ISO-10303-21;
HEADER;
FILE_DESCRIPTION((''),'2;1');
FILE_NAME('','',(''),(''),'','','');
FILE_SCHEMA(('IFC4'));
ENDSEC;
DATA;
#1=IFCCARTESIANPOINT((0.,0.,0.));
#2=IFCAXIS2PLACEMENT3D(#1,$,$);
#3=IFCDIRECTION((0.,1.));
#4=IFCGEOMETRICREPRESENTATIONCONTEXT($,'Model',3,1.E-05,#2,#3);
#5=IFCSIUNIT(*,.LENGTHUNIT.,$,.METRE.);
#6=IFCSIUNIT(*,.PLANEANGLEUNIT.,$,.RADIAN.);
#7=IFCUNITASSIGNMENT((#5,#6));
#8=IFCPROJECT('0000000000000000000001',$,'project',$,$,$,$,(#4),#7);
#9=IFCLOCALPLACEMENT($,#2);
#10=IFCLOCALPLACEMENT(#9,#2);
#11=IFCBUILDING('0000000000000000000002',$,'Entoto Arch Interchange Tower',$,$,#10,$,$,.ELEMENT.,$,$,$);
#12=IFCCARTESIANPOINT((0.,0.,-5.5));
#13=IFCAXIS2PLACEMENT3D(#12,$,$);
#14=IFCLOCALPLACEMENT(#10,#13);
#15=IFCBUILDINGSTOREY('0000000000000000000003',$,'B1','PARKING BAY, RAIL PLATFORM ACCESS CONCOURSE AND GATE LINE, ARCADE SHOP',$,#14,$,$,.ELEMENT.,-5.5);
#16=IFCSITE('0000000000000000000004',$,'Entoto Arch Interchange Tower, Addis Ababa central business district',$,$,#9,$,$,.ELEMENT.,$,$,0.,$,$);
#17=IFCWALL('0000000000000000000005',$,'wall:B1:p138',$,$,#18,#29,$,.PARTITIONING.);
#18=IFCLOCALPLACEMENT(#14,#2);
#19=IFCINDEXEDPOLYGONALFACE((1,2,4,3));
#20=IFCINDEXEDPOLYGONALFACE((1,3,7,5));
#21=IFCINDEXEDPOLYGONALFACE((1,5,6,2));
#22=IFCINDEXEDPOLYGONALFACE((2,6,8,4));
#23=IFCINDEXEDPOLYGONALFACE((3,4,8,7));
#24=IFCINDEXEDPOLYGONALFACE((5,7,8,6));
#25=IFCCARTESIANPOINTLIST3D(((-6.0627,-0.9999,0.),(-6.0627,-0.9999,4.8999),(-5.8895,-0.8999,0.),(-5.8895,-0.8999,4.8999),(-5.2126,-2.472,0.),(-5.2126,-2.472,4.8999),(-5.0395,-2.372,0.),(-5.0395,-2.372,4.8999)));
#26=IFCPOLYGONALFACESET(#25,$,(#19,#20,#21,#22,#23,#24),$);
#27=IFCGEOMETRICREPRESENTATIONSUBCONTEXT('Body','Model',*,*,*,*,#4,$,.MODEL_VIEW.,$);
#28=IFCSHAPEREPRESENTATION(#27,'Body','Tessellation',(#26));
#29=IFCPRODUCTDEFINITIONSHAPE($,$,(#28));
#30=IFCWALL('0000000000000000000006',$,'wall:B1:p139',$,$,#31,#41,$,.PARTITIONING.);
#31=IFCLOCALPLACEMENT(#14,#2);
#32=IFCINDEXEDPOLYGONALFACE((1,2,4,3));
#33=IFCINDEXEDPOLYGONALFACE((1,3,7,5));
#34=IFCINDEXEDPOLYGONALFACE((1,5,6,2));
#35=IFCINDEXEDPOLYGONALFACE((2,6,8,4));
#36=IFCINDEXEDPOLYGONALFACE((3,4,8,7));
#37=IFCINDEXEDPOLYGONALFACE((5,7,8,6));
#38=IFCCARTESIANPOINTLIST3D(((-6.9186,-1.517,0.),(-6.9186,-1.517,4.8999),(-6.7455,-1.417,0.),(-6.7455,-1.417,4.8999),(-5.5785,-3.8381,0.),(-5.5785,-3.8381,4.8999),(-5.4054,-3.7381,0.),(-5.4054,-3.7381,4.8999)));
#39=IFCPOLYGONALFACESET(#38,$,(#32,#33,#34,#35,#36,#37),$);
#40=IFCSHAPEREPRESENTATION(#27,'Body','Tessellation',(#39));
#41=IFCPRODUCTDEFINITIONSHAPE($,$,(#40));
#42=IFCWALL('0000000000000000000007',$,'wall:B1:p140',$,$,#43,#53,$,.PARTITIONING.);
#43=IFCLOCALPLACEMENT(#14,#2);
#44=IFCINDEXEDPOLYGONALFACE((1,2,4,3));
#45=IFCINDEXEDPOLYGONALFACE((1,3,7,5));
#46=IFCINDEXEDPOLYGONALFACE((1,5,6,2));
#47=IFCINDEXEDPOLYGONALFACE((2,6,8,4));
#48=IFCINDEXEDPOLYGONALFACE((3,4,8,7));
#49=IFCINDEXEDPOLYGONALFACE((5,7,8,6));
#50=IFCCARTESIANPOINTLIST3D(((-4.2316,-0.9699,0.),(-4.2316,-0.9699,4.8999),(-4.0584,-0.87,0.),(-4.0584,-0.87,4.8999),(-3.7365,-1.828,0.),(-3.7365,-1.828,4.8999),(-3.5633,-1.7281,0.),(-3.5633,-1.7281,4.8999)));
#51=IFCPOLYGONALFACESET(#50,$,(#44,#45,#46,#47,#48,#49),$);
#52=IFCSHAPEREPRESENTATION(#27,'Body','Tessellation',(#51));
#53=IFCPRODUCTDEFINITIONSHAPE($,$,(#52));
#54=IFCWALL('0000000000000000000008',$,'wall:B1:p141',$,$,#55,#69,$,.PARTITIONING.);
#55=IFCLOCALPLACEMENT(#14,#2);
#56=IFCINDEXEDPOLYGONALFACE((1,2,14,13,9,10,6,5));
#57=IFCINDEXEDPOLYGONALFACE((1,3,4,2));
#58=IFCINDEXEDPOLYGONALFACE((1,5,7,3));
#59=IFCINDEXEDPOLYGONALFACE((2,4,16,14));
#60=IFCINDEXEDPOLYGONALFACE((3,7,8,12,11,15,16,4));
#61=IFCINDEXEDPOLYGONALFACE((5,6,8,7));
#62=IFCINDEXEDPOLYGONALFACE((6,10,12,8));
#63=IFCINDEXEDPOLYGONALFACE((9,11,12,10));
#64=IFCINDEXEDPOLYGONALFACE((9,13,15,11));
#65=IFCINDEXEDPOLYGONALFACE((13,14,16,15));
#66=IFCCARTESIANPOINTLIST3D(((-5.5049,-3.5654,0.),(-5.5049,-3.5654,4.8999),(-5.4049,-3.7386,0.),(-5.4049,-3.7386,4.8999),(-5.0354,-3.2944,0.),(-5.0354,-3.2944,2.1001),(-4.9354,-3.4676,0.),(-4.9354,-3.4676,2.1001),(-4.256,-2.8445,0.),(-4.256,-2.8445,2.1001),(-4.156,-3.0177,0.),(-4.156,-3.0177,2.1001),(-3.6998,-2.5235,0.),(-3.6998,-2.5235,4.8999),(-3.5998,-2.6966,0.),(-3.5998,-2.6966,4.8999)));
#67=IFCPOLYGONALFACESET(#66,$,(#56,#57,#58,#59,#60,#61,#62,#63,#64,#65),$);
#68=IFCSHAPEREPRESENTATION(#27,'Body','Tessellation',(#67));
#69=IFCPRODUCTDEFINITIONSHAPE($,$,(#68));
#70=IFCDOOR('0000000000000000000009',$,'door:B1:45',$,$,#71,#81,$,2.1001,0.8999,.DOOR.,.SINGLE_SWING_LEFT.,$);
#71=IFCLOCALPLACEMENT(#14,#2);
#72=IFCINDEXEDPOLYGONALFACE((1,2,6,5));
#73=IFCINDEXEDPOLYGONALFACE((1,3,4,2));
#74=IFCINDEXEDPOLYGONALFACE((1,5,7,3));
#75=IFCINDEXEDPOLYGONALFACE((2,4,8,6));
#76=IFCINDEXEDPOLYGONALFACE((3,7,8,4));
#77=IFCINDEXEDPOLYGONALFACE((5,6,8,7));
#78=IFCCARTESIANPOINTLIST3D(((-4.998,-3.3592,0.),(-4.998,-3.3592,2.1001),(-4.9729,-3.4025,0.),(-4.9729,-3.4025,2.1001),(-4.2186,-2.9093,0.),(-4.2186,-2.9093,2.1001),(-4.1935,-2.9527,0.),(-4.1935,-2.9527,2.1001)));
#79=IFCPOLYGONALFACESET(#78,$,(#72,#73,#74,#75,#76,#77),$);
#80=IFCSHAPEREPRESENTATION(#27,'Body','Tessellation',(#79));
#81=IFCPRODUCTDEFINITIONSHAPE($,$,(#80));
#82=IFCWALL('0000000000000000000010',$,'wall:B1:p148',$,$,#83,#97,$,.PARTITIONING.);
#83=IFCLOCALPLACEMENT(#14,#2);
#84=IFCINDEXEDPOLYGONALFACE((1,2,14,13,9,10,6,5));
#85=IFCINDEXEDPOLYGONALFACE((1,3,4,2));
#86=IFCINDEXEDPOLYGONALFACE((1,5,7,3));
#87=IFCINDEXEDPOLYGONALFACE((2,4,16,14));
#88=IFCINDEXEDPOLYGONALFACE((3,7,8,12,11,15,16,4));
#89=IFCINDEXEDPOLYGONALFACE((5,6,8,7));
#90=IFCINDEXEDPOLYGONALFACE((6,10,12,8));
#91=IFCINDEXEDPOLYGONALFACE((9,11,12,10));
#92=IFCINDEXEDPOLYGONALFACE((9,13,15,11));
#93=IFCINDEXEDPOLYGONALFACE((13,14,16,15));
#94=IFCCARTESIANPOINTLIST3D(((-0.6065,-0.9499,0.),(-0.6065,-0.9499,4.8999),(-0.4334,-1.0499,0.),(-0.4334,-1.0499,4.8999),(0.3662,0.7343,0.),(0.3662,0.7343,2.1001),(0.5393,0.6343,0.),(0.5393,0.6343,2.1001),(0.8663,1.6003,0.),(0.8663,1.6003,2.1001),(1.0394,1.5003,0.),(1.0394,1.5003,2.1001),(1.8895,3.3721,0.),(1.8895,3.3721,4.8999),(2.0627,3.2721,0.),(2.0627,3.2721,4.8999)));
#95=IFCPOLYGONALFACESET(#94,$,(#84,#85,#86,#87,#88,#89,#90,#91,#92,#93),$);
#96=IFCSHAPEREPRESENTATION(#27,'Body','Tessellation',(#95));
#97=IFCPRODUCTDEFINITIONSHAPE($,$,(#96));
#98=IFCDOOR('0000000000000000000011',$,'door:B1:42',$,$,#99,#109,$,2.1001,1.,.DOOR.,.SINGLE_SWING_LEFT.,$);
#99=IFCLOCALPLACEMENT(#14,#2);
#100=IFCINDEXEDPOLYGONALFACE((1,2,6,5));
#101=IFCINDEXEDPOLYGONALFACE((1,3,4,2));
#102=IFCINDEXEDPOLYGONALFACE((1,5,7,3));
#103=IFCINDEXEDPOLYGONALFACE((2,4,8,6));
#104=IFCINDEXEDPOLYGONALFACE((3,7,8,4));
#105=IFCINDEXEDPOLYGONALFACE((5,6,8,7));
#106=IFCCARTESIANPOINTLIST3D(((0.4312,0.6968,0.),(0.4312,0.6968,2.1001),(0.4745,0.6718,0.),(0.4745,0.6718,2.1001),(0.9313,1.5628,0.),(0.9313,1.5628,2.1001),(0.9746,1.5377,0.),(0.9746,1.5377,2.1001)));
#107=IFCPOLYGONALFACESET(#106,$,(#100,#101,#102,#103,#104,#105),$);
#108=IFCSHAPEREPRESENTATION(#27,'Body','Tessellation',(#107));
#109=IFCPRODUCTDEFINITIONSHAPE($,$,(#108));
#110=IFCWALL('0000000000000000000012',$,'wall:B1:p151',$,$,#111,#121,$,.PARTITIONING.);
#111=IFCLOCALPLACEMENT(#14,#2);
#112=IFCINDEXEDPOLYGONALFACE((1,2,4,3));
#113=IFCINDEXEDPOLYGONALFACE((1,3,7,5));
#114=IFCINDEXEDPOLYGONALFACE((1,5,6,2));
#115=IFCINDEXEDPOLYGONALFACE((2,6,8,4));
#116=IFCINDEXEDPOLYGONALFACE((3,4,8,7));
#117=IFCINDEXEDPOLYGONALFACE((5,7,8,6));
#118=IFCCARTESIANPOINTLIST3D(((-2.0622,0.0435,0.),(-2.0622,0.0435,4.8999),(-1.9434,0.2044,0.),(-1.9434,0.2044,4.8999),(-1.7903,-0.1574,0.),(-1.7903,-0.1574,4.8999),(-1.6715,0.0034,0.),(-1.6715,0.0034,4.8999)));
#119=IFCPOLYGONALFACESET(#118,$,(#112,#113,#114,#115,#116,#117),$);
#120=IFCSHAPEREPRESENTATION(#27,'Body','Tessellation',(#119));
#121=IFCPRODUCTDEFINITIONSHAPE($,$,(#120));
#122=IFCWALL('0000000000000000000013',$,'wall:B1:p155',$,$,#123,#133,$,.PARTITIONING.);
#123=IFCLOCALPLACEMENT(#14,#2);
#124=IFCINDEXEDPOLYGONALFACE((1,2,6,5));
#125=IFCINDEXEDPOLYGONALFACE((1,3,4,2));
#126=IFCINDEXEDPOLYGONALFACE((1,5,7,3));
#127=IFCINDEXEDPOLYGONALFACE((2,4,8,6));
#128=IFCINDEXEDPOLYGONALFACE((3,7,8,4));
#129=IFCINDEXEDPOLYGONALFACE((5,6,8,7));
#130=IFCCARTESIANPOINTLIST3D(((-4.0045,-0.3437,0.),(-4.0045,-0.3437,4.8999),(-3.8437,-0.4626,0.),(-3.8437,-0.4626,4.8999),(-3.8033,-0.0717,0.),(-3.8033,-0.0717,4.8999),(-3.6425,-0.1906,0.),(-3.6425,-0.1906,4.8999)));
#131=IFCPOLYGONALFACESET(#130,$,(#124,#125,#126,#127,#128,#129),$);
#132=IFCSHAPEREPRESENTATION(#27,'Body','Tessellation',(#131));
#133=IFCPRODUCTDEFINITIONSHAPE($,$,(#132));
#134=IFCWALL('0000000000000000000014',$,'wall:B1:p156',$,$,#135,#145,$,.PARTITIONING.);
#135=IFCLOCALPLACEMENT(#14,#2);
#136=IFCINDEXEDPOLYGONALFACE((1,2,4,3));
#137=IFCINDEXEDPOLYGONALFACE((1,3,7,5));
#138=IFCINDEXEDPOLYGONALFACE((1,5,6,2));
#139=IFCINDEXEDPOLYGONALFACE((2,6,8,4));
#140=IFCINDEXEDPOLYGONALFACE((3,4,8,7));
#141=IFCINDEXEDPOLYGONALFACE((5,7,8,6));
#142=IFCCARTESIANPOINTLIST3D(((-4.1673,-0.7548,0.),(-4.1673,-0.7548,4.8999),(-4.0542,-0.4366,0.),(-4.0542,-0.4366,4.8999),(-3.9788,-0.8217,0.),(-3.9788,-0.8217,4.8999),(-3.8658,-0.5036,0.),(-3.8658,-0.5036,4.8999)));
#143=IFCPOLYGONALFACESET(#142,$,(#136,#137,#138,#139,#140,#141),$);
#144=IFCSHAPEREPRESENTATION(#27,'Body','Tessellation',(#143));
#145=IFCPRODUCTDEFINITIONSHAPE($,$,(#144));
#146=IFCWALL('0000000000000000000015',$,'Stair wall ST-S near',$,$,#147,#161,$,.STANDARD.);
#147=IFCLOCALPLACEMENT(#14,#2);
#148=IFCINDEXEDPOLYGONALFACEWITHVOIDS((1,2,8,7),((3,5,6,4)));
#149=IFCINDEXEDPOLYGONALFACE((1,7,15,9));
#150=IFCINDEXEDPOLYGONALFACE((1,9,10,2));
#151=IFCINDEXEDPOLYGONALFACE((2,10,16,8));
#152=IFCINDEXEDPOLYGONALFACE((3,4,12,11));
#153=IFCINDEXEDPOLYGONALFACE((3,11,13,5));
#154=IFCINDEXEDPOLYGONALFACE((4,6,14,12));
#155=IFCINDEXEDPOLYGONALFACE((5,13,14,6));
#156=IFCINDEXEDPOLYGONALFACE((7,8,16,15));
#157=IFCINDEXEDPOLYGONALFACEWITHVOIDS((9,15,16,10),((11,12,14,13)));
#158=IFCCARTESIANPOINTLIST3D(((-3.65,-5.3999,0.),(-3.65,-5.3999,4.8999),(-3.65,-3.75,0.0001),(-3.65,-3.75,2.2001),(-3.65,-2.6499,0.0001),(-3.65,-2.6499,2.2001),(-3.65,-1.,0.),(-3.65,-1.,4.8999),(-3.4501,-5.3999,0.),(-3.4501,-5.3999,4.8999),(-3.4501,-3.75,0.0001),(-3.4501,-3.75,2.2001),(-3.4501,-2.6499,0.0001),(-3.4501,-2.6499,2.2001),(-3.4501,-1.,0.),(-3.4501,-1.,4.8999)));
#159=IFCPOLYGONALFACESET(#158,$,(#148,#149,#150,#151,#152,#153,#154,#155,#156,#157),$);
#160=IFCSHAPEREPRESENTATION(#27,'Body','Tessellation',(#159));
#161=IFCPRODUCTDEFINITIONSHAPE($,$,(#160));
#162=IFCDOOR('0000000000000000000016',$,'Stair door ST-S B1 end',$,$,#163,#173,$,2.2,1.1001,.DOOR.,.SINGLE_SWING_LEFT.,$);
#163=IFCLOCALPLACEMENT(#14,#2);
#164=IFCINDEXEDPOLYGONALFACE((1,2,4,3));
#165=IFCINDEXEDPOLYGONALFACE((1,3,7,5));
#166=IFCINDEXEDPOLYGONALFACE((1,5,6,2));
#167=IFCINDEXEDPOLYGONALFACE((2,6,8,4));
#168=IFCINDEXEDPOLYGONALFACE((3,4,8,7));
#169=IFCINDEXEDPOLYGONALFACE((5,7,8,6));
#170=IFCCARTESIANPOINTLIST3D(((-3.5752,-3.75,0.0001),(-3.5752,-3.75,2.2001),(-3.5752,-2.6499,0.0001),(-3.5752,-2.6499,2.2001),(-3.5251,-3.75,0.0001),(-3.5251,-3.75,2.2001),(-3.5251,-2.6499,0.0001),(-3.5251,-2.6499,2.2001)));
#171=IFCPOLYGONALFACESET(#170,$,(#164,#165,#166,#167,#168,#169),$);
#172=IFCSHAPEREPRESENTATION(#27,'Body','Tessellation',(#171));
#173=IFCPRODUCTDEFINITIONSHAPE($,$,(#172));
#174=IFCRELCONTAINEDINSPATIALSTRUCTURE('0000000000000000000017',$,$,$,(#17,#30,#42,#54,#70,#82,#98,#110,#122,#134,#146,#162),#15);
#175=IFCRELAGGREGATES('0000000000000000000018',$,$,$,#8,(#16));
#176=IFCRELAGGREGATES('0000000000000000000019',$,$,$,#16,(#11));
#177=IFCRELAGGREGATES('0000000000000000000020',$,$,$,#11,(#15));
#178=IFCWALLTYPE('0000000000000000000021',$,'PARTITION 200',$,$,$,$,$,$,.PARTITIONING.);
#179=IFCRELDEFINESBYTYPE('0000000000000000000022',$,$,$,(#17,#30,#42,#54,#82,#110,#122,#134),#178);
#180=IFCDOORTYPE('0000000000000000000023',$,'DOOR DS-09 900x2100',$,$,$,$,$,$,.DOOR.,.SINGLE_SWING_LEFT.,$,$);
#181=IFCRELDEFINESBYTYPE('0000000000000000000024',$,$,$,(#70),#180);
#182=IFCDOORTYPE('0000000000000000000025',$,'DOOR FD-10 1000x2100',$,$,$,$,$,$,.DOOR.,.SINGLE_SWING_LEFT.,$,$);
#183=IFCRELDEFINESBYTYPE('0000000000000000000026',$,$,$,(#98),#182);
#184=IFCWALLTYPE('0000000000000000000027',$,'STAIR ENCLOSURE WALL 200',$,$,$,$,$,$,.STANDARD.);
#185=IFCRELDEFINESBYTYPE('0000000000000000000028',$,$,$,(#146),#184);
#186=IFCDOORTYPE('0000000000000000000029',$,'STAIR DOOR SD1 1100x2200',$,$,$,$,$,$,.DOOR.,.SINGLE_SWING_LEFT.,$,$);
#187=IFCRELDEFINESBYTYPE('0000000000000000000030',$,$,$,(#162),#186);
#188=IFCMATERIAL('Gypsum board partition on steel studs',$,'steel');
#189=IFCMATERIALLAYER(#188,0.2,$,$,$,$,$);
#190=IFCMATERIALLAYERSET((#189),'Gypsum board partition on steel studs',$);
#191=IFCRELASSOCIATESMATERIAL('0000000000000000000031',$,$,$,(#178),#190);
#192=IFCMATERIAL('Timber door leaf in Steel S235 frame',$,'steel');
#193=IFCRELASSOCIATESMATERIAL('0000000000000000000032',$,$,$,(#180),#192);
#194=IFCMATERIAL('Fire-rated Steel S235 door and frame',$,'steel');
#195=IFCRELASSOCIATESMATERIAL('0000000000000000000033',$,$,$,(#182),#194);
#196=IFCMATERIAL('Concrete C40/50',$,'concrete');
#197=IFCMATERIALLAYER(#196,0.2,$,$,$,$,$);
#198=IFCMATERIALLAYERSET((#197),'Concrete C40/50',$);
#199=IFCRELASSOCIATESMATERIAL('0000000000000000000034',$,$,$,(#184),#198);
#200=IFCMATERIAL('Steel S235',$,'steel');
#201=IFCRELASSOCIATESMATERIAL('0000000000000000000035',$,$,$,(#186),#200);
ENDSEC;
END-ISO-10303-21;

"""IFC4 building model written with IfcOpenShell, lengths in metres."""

from ifc_helpers import new_model, si_unit, direction, frame, frame_2d, origin, place, context, subcontext, project, spatial, rectangle, extrude, material, layer, layer_set, type_object, element, fill, save


model = new_model("IFC4")

# Units and contexts
model_context = context("Model", 3, precision=1e-05, world=origin(), true_north=direction((0.0, 1.0)))
body_context = subcontext(model_context, "Body", "Model", "MODEL_VIEW")
ifc_project = project(units=[si_unit("LENGTHUNIT", "METRE"), si_unit("PLANEANGLEUNIT", "RADIAN")], contexts=[model_context])

# Site, building, storey
site_placement = place(None, origin())
site = spatial("IfcSite", under=ifc_project, at=site_placement, Name="Entoto Arch Interchange Tower, Addis Ababa central business district", CompositionType="ELEMENT", RefElevation=0.0)
building_placement = place(site_placement, origin())
building = spatial("IfcBuilding", under=site, at=building_placement, Name="Entoto Arch Interchange Tower", CompositionType="ELEMENT")
storey_placement = place(building_placement, frame((0.0, 0.0, -5.5)))
storey = spatial("IfcBuildingStorey", under=building, at=storey_placement, Name="B1", Description="PARKING BAY, RAIL PLATFORM ACCESS CONCOURSE AND GATE LINE, ARCADE SHOP", CompositionType="ELEMENT", Elevation=-5.5)

# Shared definitions
ifc_material_1 = material(Name="Concrete C40/50", Category="concrete")

# Walls
ifc_material_2 = material(Name="Gypsum board partition on steel studs", Category="steel")
ifc_layer_1 = layer(ifc_material_2, 0.2)
ifc_layer_set_1 = layer_set([ifc_layer_1], Name="Gypsum board partition on steel studs")
wall_type_1 = type_object("IfcWallType", Name="PARTITION 200", PredefinedType="PARTITIONING", material=ifc_layer_set_1)
wall_1_placement = place(storey_placement, frame((-5.126, -2.4221, 0.0), z_axis=(0.0, 0.0, 1.0), x_axis=(-0.500062, 0.865989, 0.0)))
element("IfcWall", 1, at=wall_1_placement, inside=storey, type_object=wall_type_1, Name="wall:B1:p138", PredefinedType="PARTITIONING", context=body_context, shape_type="SweptSolid", body=[
    extrude(rectangle(XDim=1.7, YDim=0.2, at=frame_2d((0.8501, 0.0))), origin(), (0.0, 0.0, 1.0), 4.8999),
])
wall_2_placement = place(storey_placement, frame((-5.4919, -3.7881, 0.0), z_axis=(0.0, 0.0, 1.0), x_axis=(-0.500009, 0.86602, 0.0)))
element("IfcWall", 2, at=wall_2_placement, inside=storey, type_object=wall_type_1, Name="wall:B1:p139", PredefinedType="PARTITIONING", context=body_context, shape_type="SweptSolid", body=[
    extrude(rectangle(XDim=2.6802, YDim=0.2, at=frame_2d((1.3401, 0.0))), origin(), (0.0, 0.0, 1.0), 4.8999),
])
wall_3_placement = place(storey_placement, frame((-4.145, -0.9199, 0.0), z_axis=(0.0, 0.0, 1.0), x_axis=(0.499744, -0.866173, 0.0)))
element("IfcWall", 3, at=wall_3_placement, inside=storey, type_object=wall_type_1, Name="wall:B1:p140", PredefinedType="PARTITIONING", context=body_context, shape_type="SweptSolid", body=[
    extrude(rectangle(XDim=0.9907, YDim=0.2, at=frame_2d((0.4954, 0.0))), origin(), (0.0, 0.0, 1.0), 4.8999),
])

# Walls, openings, doors
wall_4_placement = place(storey_placement, frame((-3.6499, -2.6101, 0.0), z_axis=(0.0, 0.0, 1.0), x_axis=(-0.866072, -0.499918, 0.0)))
wall_4 = element("IfcWall", 4, at=wall_4_placement, inside=storey, type_object=wall_type_1, Name="wall:B1:p141", PredefinedType="PARTITIONING", context=body_context, shape_type="SweptSolid", body=[
    extrude(rectangle(XDim=2.0842, YDim=0.2, at=frame_2d((1.042, 0.0))), origin(), (0.0, 0.0, 1.0), 4.8999),
])
opening_1_placement = place(wall_4_placement, frame((0.6421, 0.0, 0.0)))
opening_1 = element("IfcOpeningElement", 5, at=opening_1_placement, cuts=wall_4, PredefinedType="OPENING", context=body_context, shape_type="SweptSolid", body=[
    extrude(rectangle(XDim=0.8999, YDim=2.1001, at=frame_2d((0.45, 1.05))), frame((0.0, 0.1099, 0.0), z_axis=(0.0, -1.0, 0.0), x_axis=(1.0, 0.0, 0.0)), (0.0, 0.0, 1.0), 0.22),
])
ifc_material_3 = material(Name="Timber door leaf in Steel S235 frame", Category="steel")
door_type_1 = type_object("IfcDoorType", Name="DOOR DS-09 900x2100", OperationType="SINGLE_SWING_LEFT", PredefinedType="DOOR", material=ifc_material_3)
door_1_placement = place(opening_1_placement, origin())
door_1 = element("IfcDoor", 6, at=door_1_placement, inside=storey, type_object=door_type_1, Name="door:B1:45", OperationType="SINGLE_SWING_LEFT", OverallHeight=2.1001, OverallWidth=0.8999, PredefinedType="DOOR", context=body_context, shape_type="SweptSolid", body=[
    extrude(rectangle(XDim=0.8999, YDim=2.1001, at=frame_2d((0.45, 1.05))), frame((0.0, 0.0249, 0.0), z_axis=(0.0, -1.0, 0.0), x_axis=(1.0, 0.0, 0.0)), (0.0, 0.0, 1.0), 0.05),
])
fill(opening_1, door_1)
wall_5_placement = place(storey_placement, frame((-0.52, -1.0, 0.0), z_axis=(0.0, 0.0, 1.0), x_axis=(0.500116, 0.865958, 0.0)))
wall_5 = element("IfcWall", 7, at=wall_5_placement, inside=storey, type_object=wall_type_1, Name="wall:B1:p148", PredefinedType="PARTITIONING", context=body_context, shape_type="SweptSolid", body=[
    extrude(rectangle(XDim=4.991, YDim=0.2, at=frame_2d((2.4956, 0.0))), origin(), (0.0, 0.0, 1.0), 4.8999),
])
opening_2_placement = place(wall_5_placement, frame((1.9451, 0.0, 0.0)))
opening_2 = element("IfcOpeningElement", 8, at=opening_2_placement, cuts=wall_5, PredefinedType="OPENING", context=body_context, shape_type="SweptSolid", body=[
    extrude(rectangle(XDim=1.0, YDim=2.1001, at=frame_2d((0.5, 1.05))), frame((0.0, 0.1099, 0.0), z_axis=(0.0, -1.0, 0.0), x_axis=(1.0, 0.0, 0.0)), (0.0, 0.0, 1.0), 0.22),
])
ifc_material_4 = material(Name="Fire-rated Steel S235 door and frame", Category="steel")
door_type_2 = type_object("IfcDoorType", Name="DOOR FD-10 1000x2100", OperationType="SINGLE_SWING_LEFT", PredefinedType="DOOR", material=ifc_material_4)
door_2_placement = place(opening_2_placement, origin())
door_2 = element("IfcDoor", 9, at=door_2_placement, inside=storey, type_object=door_type_2, Name="door:B1:42", OperationType="SINGLE_SWING_LEFT", OverallHeight=2.1001, OverallWidth=1.0, PredefinedType="DOOR", context=body_context, shape_type="SweptSolid", body=[
    extrude(rectangle(XDim=1.0, YDim=2.1001, at=frame_2d((0.5, 1.05))), frame((0.0, 0.0249, 0.0), z_axis=(0.0, -1.0, 0.0), x_axis=(1.0, 0.0, 0.0)), (0.0, 0.0, 1.0), 0.05),
])
fill(opening_2, door_2)

# Walls
wall_6_placement = place(storey_placement, frame((-1.731, -0.0769, 0.0), z_axis=(0.0, 0.0, 1.0), x_axis=(-0.804311, 0.594208, 0.0)))
element("IfcWall", 10, at=wall_6_placement, inside=storey, type_object=wall_type_1, Name="wall:B1:p151", PredefinedType="PARTITIONING", context=body_context, shape_type="SweptSolid", body=[
    extrude(rectangle(XDim=0.3381, YDim=0.2, at=frame_2d((0.1689, 0.0))), origin(), (0.0, 0.0, 1.0), 4.8999),
])
wall_7_placement = place(storey_placement, frame((-3.7229, -0.1311, 0.0), z_axis=(0.0, 0.0, 1.0), x_axis=(-0.594675, -0.803966, 0.0)))
element("IfcWall", 11, at=wall_7_placement, inside=storey, type_object=wall_type_1, Name="wall:B1:p155", PredefinedType="PARTITIONING", context=body_context, shape_type="SweptSolid", body=[
    extrude(rectangle(XDim=0.3384, YDim=0.2, at=frame_2d((0.1692, 0.0))), origin(), (0.0, 0.0, 1.0), 4.8999),
])
wall_8_placement = place(storey_placement, frame((-3.96, -0.47, 0.0), z_axis=(0.0, 0.0, 1.0), x_axis=(-0.334824, -0.942281, 0.0)))
element("IfcWall", 12, at=wall_8_placement, inside=storey, type_object=wall_type_1, Name="wall:B1:p156", PredefinedType="PARTITIONING", context=body_context, shape_type="SweptSolid", body=[
    extrude(rectangle(XDim=0.3376, YDim=0.2, at=frame_2d((0.1689, 0.0))), origin(), (0.0, 0.0, 1.0), 4.8999),
])

# Wall, opening, door
ifc_layer_2 = layer(ifc_material_1, 0.2)
ifc_layer_set_2 = layer_set([ifc_layer_2], Name="Concrete C40/50")
wall_type_2 = type_object("IfcWallType", Name="STAIR ENCLOSURE WALL 200", PredefinedType="STANDARD", material=ifc_layer_set_2)
wall_9_placement = place(storey_placement, frame((-3.55, -1.0, 0.0), z_axis=(0.0, 0.0, 1.0), x_axis=(0.0, -1.0, 0.0)))
wall_9 = element("IfcWall", 13, at=wall_9_placement, inside=storey, type_object=wall_type_2, Name="Stair wall ST-S near", PredefinedType="STANDARD", context=body_context, shape_type="SweptSolid", body=[
    extrude(rectangle(XDim=4.3999, YDim=0.2, at=frame_2d((2.2, 0.0))), origin(), (0.0, 0.0, 1.0), 4.8999),
])
opening_3_placement = place(wall_9_placement, frame((1.6499, 0.0, 0.0)))
opening_3 = element("IfcOpeningElement", 14, at=opening_3_placement, cuts=wall_9, PredefinedType="OPENING", context=body_context, shape_type="SweptSolid", body=[
    extrude(rectangle(XDim=1.1001, YDim=2.2, at=frame_2d((0.55, 1.1001))), frame((0.0, 0.1099, 0.0), z_axis=(0.0, -1.0, 0.0), x_axis=(1.0, 0.0, 0.0)), (0.0, 0.0, 1.0), 0.22),
])
ifc_material_5 = material(Name="Steel S235", Category="steel")
door_type_3 = type_object("IfcDoorType", Name="STAIR DOOR SD1 1100x2200", OperationType="SINGLE_SWING_LEFT", PredefinedType="DOOR", material=ifc_material_5)
door_3_placement = place(opening_3_placement, origin())
door_3 = element("IfcDoor", 15, at=door_3_placement, inside=storey, type_object=door_type_3, Name="Stair door ST-S B1 end", OperationType="SINGLE_SWING_LEFT", OverallHeight=2.2, OverallWidth=1.1001, PredefinedType="DOOR", context=body_context, shape_type="SweptSolid", body=[
    extrude(rectangle(XDim=1.1001, YDim=2.2, at=frame_2d((0.55, 1.1001))), frame((0.0, 0.0249, 0.0), z_axis=(0.0, -1.0, 0.0), x_axis=(1.0, 0.0, 0.0)), (0.0, 0.0, 1.0), 0.05),
])
fill(opening_3, door_3)

save(model, "model.ifc")
